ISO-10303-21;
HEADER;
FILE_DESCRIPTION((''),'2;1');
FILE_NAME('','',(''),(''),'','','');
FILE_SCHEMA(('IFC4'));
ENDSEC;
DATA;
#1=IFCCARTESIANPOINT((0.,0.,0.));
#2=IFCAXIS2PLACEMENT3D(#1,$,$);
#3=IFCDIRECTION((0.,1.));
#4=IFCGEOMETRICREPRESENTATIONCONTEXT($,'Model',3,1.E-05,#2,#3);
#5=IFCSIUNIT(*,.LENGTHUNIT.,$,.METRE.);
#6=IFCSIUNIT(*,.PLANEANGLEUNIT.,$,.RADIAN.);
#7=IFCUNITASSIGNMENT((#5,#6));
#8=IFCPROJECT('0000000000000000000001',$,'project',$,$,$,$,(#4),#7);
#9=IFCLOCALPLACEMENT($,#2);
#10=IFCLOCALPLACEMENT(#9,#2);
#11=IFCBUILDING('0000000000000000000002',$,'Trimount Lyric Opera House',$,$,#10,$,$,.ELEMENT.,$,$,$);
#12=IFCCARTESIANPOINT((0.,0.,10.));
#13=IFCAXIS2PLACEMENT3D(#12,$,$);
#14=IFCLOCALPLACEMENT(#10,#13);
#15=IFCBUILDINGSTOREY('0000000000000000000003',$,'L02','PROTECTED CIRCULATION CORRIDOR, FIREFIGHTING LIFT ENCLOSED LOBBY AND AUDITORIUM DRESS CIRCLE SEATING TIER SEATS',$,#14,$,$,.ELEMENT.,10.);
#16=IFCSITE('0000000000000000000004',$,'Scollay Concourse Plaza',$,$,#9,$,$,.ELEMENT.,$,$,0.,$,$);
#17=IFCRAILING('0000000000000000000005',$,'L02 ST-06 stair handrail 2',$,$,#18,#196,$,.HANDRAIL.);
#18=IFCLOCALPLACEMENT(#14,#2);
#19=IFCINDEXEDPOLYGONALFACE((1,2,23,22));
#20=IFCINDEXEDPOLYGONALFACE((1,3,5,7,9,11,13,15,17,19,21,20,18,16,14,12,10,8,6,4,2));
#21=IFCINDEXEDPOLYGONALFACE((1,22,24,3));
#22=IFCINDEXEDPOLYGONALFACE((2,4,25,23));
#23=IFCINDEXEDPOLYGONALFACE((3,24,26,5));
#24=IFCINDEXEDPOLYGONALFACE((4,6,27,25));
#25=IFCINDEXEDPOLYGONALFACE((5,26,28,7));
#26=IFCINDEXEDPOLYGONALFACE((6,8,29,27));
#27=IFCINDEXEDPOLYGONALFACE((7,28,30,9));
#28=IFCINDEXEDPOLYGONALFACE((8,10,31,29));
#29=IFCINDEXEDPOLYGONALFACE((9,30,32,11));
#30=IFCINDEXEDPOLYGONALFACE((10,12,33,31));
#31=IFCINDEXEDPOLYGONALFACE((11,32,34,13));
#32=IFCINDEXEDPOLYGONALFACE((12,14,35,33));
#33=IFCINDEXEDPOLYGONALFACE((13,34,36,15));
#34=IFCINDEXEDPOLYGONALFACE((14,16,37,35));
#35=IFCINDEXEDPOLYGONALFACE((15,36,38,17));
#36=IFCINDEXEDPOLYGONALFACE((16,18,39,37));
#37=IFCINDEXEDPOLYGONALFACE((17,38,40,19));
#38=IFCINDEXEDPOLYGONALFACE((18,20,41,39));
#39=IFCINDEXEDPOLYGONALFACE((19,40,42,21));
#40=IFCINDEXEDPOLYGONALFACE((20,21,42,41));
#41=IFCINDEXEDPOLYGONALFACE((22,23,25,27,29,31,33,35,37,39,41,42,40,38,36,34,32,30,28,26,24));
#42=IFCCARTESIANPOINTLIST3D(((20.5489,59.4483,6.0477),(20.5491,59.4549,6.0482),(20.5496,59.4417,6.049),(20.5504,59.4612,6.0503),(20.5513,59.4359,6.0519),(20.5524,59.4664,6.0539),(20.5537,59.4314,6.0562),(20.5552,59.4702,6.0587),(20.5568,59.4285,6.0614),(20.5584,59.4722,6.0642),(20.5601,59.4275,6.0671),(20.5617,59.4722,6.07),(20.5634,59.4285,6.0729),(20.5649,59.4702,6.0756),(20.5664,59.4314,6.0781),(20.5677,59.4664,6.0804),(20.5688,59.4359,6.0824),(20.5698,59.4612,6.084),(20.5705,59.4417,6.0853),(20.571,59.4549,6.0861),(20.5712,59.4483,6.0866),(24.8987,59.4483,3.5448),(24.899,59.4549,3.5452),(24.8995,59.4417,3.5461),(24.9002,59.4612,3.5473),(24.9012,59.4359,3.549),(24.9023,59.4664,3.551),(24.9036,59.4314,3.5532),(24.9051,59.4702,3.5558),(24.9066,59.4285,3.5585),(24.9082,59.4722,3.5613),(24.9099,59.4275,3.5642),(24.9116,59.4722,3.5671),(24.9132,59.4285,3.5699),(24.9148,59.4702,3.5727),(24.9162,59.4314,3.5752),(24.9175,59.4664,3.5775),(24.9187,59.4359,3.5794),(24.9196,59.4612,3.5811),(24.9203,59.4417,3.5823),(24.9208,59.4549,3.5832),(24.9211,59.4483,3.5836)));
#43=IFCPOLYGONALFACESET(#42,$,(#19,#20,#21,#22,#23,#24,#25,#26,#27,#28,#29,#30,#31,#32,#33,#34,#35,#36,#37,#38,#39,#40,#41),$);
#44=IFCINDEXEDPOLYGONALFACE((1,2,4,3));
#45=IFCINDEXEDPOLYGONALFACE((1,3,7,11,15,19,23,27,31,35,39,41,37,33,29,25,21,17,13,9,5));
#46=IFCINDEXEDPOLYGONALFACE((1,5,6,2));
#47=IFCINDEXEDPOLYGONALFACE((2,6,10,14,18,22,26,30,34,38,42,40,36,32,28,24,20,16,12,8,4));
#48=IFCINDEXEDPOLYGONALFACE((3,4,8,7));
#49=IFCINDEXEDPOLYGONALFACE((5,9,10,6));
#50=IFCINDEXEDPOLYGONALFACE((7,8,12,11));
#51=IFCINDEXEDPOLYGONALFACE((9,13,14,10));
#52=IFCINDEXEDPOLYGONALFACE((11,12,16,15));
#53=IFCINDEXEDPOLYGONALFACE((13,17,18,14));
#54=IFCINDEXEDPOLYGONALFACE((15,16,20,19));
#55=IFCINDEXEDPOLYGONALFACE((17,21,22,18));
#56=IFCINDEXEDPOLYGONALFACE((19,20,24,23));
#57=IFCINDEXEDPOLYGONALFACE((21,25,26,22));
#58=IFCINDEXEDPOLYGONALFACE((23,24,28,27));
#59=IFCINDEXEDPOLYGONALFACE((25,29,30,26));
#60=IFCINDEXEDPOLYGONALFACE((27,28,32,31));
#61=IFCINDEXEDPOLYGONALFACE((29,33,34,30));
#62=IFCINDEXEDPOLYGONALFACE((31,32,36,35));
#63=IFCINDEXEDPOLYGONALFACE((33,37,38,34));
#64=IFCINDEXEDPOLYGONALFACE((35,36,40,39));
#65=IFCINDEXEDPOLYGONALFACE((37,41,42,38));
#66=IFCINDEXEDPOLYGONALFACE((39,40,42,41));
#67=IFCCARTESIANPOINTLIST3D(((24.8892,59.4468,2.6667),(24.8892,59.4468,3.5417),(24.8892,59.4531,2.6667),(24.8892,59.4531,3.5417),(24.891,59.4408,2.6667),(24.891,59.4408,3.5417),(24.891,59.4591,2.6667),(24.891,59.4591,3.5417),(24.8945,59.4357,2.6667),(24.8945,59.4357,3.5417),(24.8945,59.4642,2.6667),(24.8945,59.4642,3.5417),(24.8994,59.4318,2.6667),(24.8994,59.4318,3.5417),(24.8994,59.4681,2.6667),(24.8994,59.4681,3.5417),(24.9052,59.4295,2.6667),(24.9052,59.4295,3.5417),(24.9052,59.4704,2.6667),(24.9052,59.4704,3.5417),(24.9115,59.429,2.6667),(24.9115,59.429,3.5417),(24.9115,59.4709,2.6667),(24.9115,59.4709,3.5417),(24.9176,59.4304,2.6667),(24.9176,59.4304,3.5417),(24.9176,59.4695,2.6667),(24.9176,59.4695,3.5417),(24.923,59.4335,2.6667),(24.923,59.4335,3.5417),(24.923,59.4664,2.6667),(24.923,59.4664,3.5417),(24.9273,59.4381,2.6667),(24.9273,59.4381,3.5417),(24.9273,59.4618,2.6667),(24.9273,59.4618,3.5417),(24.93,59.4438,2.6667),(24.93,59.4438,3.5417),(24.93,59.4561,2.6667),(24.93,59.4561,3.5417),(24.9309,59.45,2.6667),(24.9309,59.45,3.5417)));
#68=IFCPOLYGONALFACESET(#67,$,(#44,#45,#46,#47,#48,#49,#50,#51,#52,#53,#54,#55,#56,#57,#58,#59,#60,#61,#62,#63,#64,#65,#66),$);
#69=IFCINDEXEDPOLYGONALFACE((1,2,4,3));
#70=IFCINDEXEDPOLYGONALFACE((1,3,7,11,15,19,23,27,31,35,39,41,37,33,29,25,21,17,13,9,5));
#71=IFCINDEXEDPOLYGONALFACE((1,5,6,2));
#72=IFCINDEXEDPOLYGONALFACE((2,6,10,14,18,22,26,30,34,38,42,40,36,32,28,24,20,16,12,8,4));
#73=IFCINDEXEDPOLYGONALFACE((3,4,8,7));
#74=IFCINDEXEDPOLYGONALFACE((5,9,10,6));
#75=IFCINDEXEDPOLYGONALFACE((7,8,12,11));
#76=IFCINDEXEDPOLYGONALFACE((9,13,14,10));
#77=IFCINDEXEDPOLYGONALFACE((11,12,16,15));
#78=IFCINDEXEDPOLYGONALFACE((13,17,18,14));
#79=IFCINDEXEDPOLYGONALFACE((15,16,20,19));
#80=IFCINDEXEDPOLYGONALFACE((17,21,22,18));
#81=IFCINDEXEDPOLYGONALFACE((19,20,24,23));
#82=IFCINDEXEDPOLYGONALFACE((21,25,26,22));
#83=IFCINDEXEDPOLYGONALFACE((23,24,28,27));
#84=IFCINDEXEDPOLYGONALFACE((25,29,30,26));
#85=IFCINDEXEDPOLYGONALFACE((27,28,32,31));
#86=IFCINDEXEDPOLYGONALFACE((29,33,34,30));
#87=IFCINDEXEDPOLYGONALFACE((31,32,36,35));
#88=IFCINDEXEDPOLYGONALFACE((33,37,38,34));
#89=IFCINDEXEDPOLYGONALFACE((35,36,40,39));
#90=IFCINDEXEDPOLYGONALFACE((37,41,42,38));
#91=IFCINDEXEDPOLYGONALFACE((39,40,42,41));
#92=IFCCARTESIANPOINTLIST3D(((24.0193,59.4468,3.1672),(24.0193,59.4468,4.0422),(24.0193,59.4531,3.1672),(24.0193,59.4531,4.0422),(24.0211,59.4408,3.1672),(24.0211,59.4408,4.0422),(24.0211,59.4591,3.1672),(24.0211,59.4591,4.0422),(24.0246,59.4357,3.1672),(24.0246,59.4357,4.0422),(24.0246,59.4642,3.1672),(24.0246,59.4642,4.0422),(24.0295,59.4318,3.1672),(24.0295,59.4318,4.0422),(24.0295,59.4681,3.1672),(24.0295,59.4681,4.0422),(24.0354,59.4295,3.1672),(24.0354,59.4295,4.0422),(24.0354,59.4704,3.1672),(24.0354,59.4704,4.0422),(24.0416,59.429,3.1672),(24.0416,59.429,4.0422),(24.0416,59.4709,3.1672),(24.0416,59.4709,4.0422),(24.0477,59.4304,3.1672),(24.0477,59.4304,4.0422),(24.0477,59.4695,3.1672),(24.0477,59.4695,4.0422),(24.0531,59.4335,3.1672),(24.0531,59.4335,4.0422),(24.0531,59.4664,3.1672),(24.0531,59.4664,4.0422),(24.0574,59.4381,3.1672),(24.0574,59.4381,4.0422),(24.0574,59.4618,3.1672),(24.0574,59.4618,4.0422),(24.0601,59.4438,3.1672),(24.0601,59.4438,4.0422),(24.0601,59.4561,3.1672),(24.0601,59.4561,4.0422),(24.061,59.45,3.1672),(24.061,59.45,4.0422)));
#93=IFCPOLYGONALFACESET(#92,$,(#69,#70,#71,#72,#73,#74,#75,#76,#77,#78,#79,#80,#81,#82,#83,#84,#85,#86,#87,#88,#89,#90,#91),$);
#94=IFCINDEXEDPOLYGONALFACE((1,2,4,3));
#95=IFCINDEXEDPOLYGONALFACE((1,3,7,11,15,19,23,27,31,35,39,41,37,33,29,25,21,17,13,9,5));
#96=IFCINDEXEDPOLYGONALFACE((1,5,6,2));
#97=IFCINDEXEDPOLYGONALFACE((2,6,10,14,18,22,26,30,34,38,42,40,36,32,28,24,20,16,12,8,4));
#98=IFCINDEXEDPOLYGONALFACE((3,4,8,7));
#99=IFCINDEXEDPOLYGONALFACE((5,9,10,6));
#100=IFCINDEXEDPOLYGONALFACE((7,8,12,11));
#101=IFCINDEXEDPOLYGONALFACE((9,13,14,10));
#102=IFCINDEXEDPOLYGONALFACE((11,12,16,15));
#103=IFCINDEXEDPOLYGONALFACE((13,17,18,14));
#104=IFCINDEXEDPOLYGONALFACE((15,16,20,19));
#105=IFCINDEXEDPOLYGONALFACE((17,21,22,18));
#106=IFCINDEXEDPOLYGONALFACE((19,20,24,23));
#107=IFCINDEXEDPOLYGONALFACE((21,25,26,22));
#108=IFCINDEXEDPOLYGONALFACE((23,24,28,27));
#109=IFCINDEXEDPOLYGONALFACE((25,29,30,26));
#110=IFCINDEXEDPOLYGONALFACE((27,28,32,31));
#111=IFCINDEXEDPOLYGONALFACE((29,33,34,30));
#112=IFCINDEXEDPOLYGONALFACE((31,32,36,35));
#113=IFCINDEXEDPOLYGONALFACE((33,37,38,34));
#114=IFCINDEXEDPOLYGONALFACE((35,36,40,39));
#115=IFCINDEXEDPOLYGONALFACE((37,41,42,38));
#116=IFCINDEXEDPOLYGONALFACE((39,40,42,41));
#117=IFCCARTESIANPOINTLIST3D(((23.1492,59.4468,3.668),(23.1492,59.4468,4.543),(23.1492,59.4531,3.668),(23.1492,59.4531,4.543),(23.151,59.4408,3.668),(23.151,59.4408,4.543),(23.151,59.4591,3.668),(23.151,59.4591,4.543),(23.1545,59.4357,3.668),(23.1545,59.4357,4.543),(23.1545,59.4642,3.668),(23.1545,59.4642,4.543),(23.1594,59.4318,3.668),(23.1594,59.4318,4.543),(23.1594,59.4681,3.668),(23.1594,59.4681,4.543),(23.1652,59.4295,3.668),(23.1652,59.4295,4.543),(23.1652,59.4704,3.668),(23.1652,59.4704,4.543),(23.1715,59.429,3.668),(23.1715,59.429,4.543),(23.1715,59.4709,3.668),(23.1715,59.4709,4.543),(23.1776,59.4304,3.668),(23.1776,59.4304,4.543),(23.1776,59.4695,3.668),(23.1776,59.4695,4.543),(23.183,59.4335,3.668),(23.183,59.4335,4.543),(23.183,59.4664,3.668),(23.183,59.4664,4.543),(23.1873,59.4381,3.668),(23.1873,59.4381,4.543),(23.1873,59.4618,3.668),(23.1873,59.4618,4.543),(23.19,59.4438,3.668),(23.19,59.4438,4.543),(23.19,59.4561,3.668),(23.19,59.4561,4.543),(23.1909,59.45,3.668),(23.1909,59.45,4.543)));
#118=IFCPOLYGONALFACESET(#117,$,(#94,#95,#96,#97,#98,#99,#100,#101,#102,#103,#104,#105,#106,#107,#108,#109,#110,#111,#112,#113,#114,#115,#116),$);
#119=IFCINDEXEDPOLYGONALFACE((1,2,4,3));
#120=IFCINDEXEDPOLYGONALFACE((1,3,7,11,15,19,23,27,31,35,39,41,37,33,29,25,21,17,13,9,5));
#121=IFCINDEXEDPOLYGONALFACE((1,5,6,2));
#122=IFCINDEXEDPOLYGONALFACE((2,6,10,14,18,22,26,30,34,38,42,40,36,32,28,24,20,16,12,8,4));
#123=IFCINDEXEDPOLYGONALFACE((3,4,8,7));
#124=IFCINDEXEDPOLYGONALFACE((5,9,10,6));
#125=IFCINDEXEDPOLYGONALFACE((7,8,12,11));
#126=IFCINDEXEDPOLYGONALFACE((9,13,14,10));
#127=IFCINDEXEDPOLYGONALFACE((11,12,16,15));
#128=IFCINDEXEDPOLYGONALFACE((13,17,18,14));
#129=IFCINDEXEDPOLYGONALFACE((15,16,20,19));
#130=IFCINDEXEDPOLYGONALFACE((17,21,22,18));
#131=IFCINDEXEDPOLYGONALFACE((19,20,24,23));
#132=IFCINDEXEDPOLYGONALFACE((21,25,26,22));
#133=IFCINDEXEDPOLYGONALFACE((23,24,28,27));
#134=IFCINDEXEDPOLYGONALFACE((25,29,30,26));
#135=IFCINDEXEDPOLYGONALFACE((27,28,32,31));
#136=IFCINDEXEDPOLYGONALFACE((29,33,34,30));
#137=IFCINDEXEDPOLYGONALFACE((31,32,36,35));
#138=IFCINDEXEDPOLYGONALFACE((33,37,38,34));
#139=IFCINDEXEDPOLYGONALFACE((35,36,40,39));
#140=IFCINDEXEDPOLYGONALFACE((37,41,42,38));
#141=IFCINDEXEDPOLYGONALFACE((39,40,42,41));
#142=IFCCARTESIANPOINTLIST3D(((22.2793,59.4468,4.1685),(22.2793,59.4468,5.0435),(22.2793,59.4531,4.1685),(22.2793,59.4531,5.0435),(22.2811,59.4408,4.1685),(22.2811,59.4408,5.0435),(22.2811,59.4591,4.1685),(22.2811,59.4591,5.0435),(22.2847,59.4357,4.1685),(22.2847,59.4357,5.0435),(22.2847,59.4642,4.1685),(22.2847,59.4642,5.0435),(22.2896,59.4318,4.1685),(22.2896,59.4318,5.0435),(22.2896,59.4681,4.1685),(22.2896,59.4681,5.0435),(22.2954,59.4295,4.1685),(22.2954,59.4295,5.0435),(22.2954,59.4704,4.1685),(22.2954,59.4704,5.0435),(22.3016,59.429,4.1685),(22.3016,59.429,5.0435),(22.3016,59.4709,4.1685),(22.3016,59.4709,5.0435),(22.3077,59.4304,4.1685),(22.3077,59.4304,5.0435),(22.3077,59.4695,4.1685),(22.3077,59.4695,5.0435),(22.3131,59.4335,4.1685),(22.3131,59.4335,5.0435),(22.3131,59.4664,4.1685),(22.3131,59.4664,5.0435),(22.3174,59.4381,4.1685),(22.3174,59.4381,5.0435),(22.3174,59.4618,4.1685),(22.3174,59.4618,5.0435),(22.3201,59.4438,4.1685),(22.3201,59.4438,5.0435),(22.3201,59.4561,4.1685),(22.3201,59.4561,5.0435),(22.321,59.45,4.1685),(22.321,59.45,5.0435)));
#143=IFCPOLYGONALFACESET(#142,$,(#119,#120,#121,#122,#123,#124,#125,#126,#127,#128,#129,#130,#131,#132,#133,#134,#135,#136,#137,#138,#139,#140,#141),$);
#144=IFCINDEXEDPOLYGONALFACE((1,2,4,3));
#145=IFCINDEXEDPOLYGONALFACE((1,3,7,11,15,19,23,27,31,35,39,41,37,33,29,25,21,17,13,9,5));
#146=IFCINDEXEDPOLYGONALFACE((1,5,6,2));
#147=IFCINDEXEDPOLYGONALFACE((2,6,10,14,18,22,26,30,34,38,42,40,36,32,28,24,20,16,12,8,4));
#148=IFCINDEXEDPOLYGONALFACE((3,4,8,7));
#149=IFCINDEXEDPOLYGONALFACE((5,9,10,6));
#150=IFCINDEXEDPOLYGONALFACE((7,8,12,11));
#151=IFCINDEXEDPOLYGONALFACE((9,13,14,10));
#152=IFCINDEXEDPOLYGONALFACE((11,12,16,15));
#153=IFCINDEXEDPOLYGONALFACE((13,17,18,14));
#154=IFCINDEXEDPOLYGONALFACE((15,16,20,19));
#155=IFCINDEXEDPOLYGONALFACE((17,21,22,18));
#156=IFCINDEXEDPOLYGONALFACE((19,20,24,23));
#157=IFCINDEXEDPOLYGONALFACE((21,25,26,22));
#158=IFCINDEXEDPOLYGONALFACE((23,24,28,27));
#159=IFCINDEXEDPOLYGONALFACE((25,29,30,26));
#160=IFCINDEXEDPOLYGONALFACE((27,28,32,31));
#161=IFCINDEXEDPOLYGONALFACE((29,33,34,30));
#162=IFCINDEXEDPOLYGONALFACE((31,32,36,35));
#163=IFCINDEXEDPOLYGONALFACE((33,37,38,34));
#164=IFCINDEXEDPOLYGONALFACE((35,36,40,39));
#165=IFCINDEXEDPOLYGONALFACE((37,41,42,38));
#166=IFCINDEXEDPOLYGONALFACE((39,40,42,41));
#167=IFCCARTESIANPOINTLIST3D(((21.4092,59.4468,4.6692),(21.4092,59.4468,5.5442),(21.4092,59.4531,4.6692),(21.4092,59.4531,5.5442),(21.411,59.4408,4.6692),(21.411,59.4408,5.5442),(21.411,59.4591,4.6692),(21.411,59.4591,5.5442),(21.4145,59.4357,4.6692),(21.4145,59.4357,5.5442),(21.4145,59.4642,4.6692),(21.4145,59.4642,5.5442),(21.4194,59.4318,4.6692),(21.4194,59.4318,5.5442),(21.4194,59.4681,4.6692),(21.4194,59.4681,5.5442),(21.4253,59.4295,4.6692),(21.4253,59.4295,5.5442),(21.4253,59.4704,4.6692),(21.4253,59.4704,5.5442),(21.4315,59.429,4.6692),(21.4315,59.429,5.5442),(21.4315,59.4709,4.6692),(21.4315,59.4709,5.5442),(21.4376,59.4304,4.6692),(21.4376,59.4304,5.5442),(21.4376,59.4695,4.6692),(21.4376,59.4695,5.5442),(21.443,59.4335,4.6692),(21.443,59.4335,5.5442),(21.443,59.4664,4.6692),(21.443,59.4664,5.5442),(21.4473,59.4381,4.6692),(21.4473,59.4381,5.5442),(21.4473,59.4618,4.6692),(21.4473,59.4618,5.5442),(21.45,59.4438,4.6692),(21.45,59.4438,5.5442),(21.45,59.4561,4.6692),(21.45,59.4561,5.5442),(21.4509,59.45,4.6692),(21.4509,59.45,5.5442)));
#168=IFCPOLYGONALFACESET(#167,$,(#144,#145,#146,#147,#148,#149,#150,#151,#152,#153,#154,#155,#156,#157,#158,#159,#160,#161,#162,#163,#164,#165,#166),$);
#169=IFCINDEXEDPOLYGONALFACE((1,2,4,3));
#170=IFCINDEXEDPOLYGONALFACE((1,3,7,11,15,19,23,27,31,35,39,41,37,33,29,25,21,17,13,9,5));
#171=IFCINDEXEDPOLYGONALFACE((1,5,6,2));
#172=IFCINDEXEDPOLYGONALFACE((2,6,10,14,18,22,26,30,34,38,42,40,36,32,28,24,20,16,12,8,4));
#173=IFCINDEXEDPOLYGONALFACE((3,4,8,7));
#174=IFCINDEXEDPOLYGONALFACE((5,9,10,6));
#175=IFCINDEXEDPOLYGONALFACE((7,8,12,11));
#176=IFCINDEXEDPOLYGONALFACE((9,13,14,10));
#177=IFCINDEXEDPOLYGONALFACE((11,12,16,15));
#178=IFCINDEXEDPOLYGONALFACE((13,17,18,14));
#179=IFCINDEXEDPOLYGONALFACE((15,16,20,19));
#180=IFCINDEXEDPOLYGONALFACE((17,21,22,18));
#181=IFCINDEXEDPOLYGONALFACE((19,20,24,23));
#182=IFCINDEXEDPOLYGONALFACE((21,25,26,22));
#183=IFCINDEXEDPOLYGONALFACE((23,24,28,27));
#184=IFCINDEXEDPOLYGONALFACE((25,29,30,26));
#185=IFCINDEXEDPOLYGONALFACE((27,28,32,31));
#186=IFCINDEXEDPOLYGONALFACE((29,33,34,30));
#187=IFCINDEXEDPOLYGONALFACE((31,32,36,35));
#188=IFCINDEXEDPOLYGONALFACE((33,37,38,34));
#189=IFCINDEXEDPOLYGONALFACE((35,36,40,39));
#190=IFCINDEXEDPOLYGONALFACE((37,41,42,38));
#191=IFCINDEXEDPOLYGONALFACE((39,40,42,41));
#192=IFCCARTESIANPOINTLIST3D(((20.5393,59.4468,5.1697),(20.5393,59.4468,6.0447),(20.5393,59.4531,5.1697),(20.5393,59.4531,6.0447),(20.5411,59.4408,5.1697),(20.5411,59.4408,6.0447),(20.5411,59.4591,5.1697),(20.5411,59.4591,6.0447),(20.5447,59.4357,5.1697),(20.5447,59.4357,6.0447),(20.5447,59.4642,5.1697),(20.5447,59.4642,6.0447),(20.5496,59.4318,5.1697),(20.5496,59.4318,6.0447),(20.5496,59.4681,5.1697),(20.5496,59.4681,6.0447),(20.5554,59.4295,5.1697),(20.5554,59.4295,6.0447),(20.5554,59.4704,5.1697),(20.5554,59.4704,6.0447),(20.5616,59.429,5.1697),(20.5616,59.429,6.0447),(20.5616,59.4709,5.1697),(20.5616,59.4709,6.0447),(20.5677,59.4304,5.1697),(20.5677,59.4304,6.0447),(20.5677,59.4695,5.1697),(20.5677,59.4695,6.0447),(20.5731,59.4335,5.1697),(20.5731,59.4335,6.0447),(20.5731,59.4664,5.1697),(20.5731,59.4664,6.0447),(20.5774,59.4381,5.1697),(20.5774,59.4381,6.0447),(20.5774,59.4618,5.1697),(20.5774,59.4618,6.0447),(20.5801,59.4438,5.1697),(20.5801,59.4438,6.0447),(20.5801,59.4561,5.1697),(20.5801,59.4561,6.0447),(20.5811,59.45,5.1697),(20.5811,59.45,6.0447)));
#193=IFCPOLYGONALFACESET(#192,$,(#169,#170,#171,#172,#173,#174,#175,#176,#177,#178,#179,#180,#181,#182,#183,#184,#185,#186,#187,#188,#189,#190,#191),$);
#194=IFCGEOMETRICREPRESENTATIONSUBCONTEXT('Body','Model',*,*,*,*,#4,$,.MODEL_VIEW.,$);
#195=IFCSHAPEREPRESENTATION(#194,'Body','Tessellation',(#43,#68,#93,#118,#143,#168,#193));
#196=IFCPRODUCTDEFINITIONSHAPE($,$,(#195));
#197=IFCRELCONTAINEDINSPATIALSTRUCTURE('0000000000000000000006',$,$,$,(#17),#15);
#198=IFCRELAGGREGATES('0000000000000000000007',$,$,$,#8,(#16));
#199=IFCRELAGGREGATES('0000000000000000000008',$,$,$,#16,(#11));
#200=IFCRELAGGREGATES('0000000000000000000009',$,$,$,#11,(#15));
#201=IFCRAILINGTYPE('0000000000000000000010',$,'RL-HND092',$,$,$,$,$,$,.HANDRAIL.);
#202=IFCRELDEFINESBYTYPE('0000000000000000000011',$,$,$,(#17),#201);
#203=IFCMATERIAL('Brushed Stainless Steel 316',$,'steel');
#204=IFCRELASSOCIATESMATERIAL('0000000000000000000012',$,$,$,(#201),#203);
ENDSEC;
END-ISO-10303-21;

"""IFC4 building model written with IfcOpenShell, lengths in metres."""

from ifc_helpers import new_model, si_unit, direction, frame, origin, origin_2d, place, context, subcontext, project, spatial, circle, extrude, material, type_object, element, save


model = new_model("IFC4")

# Units and contexts
model_context = context("Model", 3, precision=1e-05, world=origin(), true_north=direction((0.0, 1.0)))
body_context = subcontext(model_context, "Body", "Model", "MODEL_VIEW")
ifc_project = project(units=[si_unit("LENGTHUNIT", "METRE"), si_unit("PLANEANGLEUNIT", "RADIAN")], contexts=[model_context])

# Site, building, storey
site_placement = place(None, origin())
site = spatial("IfcSite", under=ifc_project, at=site_placement, Name="Scollay Concourse Plaza", CompositionType="ELEMENT", RefElevation=0.0)
building_placement = place(site_placement, origin())
building = spatial("IfcBuilding", under=site, at=building_placement, Name="Trimount Lyric Opera House", CompositionType="ELEMENT")
storey_placement = place(building_placement, frame((0.0, 0.0, 10.0)))
storey = spatial("IfcBuildingStorey", under=building, at=storey_placement, Name="L02", Description="PROTECTED CIRCULATION CORRIDOR, FIREFIGHTING LIFT ENCLOSED LOBBY AND AUDITORIUM DRESS CIRCLE SEATING TIER SEATS", CompositionType="ELEMENT", Elevation=10.0)

# Railing
ifc_material_1 = material(Name="Brushed Stainless Steel 316", Category="steel")
railing_type_1 = type_object("IfcRailingType", Name="RL-HND092", PredefinedType="HANDRAIL", material=ifc_material_1)
railing_1_placement = place(storey_placement, frame((24.9099, 59.45, 2.6667)))
element("IfcRailing", 1, at=railing_1_placement, inside=storey, type_object=railing_type_1, Name="L02 ST-06 stair handrail 2", PredefinedType="HANDRAIL", context=body_context, shape_type="SweptSolid", body=[
    extrude(circle(Radius=0.0225, at=origin_2d()), frame((0.0, 0.0, 0.8975), z_axis=(-0.866754, 0.0, 0.498735), x_axis=(0.0, -1.0, 0.0)), (0.0, 0.0, 1.0), 5.0186),
    extrude(circle(Radius=0.021, at=origin_2d()), origin(), (0.0, 0.0, 1.0), 0.875),
    extrude(circle(Radius=0.021, at=origin_2d()), frame((-0.8699, 0.0, 0.5005)), (0.0, 0.0, 1.0), 0.875),
    extrude(circle(Radius=0.021, at=origin_2d()), frame((-1.74, 0.0, 1.0012)), (0.0, 0.0, 1.0), 0.875),
    extrude(circle(Radius=0.021, at=origin_2d()), frame((-2.6099, 0.0, 1.5017)), (0.0, 0.0, 1.0), 0.875),
    extrude(circle(Radius=0.021, at=origin_2d()), frame((-3.48, 0.0, 2.0024)), (0.0, 0.0, 1.0), 0.875),
    extrude(circle(Radius=0.021, at=origin_2d()), frame((-4.3499, 0.0, 2.5029)), (0.0, 0.0, 1.0), 0.875),
])

save(model, "model.ifc")
